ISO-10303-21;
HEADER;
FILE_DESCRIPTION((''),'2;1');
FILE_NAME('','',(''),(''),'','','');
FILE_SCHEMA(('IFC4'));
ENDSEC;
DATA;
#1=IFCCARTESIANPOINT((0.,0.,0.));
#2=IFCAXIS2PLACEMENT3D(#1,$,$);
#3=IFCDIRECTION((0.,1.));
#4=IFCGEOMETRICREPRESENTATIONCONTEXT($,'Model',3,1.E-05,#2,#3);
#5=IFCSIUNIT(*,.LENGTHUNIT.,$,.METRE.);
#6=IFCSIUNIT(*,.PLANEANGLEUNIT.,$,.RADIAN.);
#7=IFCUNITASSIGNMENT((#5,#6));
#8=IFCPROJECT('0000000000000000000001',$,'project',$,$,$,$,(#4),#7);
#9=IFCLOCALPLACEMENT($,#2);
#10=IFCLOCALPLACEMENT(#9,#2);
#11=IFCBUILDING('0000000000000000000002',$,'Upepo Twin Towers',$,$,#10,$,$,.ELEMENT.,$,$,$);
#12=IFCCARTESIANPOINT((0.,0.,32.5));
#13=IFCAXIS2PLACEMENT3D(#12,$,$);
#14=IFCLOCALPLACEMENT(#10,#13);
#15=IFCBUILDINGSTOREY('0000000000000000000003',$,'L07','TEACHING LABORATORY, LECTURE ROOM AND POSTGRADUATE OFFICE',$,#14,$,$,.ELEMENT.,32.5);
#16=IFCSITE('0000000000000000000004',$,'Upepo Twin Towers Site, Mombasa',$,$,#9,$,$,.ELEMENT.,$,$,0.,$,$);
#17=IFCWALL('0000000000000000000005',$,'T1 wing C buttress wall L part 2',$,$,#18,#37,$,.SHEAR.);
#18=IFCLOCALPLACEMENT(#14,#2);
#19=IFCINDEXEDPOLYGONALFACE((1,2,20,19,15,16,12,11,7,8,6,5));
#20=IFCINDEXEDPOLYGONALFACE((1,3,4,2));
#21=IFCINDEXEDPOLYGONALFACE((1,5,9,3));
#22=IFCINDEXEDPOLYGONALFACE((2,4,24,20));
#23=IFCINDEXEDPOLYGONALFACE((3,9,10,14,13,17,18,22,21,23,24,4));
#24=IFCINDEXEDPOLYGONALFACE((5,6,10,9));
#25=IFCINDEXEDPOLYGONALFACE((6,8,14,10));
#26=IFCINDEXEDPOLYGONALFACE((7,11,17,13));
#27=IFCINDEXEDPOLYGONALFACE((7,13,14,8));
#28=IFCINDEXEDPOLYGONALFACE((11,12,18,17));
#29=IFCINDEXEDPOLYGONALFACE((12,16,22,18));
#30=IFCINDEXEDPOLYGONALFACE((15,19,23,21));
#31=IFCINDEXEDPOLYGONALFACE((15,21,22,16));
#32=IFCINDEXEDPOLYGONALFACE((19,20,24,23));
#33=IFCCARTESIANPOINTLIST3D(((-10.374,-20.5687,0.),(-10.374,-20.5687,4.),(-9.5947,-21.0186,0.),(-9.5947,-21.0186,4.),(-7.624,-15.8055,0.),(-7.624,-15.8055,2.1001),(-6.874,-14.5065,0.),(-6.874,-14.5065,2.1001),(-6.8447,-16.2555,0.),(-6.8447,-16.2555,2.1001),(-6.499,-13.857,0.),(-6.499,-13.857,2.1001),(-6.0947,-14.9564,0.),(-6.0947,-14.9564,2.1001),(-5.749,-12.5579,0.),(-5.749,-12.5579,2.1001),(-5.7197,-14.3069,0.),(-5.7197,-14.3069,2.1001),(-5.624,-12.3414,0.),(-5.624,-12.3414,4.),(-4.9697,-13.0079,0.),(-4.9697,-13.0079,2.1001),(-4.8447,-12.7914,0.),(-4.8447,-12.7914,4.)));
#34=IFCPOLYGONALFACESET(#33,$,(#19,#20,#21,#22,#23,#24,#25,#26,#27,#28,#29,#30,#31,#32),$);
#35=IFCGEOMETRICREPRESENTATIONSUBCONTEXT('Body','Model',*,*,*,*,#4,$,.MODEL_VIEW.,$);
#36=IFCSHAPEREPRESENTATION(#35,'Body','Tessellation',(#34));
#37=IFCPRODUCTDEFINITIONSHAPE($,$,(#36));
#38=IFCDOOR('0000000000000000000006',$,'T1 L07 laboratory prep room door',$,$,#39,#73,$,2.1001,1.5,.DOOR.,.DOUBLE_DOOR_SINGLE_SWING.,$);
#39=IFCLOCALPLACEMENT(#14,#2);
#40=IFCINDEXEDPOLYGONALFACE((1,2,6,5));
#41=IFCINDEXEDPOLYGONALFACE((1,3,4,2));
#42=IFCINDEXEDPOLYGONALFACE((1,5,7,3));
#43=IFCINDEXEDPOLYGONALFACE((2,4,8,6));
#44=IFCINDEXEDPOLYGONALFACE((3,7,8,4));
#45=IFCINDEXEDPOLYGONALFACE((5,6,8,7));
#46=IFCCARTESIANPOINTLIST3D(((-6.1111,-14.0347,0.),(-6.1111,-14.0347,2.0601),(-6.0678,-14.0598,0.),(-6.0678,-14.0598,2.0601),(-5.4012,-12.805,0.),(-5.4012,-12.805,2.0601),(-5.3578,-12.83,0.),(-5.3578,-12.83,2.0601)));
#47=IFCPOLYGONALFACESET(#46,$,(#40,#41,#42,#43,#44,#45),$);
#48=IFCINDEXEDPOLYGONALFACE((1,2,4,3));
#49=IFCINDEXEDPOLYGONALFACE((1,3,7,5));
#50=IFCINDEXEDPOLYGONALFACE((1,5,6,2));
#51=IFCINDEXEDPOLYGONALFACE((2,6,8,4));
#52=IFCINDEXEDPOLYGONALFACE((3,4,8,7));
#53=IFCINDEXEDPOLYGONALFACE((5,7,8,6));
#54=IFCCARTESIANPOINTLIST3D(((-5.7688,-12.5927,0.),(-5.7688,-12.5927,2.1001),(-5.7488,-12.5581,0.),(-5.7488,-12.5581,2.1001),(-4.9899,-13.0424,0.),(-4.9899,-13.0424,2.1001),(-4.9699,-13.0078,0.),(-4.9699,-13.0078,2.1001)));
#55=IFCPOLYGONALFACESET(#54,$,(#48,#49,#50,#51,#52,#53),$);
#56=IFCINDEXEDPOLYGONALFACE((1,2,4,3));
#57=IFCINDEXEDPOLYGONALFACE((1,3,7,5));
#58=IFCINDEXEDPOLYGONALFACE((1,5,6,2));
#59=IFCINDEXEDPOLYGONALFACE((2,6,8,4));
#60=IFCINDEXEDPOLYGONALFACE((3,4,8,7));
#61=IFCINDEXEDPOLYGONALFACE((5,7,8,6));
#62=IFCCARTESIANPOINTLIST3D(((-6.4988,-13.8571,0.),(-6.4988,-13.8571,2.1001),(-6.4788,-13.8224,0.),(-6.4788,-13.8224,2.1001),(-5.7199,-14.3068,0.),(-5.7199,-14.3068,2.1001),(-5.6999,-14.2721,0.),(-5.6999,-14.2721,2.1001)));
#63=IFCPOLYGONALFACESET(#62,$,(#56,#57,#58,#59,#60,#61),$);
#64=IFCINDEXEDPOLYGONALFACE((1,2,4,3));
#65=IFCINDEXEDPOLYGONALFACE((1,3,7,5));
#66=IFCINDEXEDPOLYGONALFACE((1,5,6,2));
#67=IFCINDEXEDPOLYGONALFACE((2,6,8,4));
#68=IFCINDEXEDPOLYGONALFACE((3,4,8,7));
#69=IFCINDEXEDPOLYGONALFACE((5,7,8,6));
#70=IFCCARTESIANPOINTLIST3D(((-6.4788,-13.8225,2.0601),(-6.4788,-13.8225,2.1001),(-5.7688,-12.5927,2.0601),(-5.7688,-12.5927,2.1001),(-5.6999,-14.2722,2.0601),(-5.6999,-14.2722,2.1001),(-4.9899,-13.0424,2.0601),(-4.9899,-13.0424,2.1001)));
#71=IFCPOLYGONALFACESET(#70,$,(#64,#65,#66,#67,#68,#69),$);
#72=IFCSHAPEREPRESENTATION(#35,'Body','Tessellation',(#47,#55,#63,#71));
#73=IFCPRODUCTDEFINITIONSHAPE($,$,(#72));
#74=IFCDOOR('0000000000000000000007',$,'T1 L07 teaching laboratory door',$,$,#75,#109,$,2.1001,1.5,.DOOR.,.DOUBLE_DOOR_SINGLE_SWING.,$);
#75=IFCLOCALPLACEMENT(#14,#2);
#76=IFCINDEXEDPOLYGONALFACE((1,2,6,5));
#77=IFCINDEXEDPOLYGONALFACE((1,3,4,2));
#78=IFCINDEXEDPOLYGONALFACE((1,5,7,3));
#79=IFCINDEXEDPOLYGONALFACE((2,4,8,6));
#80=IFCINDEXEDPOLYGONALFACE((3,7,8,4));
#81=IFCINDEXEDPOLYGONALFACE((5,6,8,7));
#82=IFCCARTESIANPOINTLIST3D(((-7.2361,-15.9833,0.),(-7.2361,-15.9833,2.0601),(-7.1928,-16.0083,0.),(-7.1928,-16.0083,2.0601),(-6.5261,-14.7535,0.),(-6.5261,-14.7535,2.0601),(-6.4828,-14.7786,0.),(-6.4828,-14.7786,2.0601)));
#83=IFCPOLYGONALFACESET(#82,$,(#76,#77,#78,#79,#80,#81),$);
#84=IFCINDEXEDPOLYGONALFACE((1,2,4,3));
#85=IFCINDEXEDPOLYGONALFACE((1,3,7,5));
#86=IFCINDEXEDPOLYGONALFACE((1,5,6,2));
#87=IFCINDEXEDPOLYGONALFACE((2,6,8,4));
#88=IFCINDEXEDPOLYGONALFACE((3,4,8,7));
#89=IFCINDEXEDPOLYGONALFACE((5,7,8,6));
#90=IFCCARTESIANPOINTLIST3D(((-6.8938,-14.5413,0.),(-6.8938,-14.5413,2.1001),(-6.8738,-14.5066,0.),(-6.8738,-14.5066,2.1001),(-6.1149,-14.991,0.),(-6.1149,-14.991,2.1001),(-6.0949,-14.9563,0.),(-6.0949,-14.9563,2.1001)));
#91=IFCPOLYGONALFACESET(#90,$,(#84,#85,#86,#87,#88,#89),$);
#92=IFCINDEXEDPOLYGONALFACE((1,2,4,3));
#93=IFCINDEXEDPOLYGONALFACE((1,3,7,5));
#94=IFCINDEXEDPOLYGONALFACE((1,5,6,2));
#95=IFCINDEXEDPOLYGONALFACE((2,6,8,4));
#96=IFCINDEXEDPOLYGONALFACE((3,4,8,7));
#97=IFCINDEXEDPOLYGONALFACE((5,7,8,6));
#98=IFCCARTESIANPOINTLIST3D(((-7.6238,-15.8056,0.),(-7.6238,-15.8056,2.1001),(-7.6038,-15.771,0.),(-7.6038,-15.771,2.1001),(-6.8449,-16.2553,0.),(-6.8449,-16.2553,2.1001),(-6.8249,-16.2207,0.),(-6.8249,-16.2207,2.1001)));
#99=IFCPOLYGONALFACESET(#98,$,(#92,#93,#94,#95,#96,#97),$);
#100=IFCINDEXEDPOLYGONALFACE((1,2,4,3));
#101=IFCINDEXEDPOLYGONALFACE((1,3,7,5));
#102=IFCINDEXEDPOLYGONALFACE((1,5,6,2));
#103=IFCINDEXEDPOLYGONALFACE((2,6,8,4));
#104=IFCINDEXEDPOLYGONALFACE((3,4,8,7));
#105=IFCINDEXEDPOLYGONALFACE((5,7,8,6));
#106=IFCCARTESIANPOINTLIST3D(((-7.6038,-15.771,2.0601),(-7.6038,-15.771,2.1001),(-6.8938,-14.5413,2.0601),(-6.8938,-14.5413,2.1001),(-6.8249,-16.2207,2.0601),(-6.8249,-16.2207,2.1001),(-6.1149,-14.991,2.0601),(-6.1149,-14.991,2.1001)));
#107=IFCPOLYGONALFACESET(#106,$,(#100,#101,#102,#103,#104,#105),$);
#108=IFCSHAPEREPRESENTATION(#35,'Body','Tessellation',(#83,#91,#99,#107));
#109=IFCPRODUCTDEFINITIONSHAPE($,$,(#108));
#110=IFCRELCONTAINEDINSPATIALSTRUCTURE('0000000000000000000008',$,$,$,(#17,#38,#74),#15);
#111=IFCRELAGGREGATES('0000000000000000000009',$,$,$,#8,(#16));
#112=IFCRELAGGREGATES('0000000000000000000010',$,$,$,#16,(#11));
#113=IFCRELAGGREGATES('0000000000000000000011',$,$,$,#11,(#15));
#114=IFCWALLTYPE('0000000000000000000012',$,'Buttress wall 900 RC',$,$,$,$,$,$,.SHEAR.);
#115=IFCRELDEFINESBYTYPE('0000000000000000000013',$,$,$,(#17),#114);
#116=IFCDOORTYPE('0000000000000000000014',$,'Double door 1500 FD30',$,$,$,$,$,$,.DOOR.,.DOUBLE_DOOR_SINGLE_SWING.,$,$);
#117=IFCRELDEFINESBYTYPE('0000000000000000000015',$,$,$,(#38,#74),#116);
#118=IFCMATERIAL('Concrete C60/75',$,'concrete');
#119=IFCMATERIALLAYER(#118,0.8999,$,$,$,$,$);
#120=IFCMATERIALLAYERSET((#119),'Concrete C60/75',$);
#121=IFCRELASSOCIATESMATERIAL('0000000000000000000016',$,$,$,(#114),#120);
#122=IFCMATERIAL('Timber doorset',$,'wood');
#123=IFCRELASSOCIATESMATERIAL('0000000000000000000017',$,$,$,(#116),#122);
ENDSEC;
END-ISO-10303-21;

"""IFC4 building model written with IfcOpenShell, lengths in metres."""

from ifc_helpers import new_model, si_unit, direction, frame, frame_2d, origin, place, context, subcontext, project, spatial, rectangle, extrude, material, layer, layer_set, type_object, element, fill, save


model = new_model("IFC4")

# Units and contexts
model_context = context("Model", 3, precision=1e-05, world=origin(), true_north=direction((0.0, 1.0)))
body_context = subcontext(model_context, "Body", "Model", "MODEL_VIEW")
ifc_project = project(units=[si_unit("LENGTHUNIT", "METRE"), si_unit("PLANEANGLEUNIT", "RADIAN")], contexts=[model_context])

# Site, building, storey
site_placement = place(None, origin())
site = spatial("IfcSite", under=ifc_project, at=site_placement, Name="Upepo Twin Towers Site, Mombasa", CompositionType="ELEMENT", RefElevation=0.0)
building_placement = place(site_placement, origin())
building = spatial("IfcBuilding", under=site, at=building_placement, Name="Upepo Twin Towers", CompositionType="ELEMENT")
storey_placement = place(building_placement, frame((0.0, 0.0, 32.5)))
storey = spatial("IfcBuildingStorey", under=building, at=storey_placement, Name="L07", Description="TEACHING LABORATORY, LECTURE ROOM AND POSTGRADUATE OFFICE", CompositionType="ELEMENT", Elevation=32.5)

# Wall, openings, doors
ifc_material_1 = material(Name="Concrete C60/75", Category="concrete")
ifc_layer_1 = layer(ifc_material_1, 0.8999)
ifc_layer_set_1 = layer_set([ifc_layer_1], Name="Concrete C60/75")
wall_type_1 = type_object("IfcWallType", Name="Buttress wall 900 RC", PredefinedType="SHEAR", material=ifc_layer_set_1)
wall_1_placement = place(storey_placement, frame((-5.2344, -12.5664, 0.0), z_axis=(0.0, 0.0, 1.0), x_axis=(-0.499998, -0.866027, 0.0)))
wall_1 = element("IfcWall", 1, at=wall_1_placement, inside=storey, type_object=wall_type_1, Name="T1 wing C buttress wall L part 2", PredefinedType="SHEAR", context=body_context, shape_type="SweptSolid", body=[
    extrude(rectangle(XDim=9.5, YDim=0.8999, at=frame_2d((4.75, 0.0))), origin(), (0.0, 0.0, 1.0), 4.0),
])
opening_1_placement = place(wall_1_placement, frame((0.25, 0.0, 0.0)))
opening_1 = element("IfcOpeningElement", 2, at=opening_1_placement, cuts=wall_1, PredefinedType="OPENING", context=body_context, shape_type="SweptSolid", body=[
    extrude(rectangle(XDim=1.5, YDim=2.1001, at=frame_2d((0.75, 1.05))), frame((0.0, 0.46, 0.0), z_axis=(0.0, -1.0, 0.0), x_axis=(1.0, 0.0, 0.0)), (0.0, 0.0, 1.0), 0.9199),
])
opening_2_placement = place(wall_1_placement, frame((2.5, 0.0, 0.0)))
opening_2 = element("IfcOpeningElement", 3, at=opening_2_placement, cuts=wall_1, PredefinedType="OPENING", context=body_context, shape_type="SweptSolid", body=[
    extrude(rectangle(XDim=1.5, YDim=2.1001, at=frame_2d((0.75, 1.05))), frame((0.0, 0.46, 0.0), z_axis=(0.0, -1.0, 0.0), x_axis=(1.0, 0.0, 0.0)), (0.0, 0.0, 1.0), 0.9199),
])
ifc_material_2 = material(Name="Timber doorset", Category="wood")
door_type_1 = type_object("IfcDoorType", Name="Double door 1500 FD30", OperationType="DOUBLE_DOOR_SINGLE_SWING", PredefinedType="DOOR", material=ifc_material_2)
door_1_placement = place(opening_1_placement, origin())
door_1 = element("IfcDoor", 4, at=door_1_placement, inside=storey, type_object=door_type_1, Name="T1 L07 laboratory prep room door", OperationType="DOUBLE_DOOR_SINGLE_SWING", OverallHeight=2.1001, OverallWidth=1.5, PredefinedType="DOOR", context=body_context, shape_type="SweptSolid", body=[
    extrude(rectangle(XDim=1.42, YDim=2.0601, at=frame_2d((0.75, 1.03))), frame((0.0, 0.0249, 0.0), z_axis=(0.0, -1.0, 0.0), x_axis=(1.0, 0.0, 0.0)), (0.0, 0.0, 1.0), 0.05),
    extrude(rectangle(XDim=0.04, YDim=2.1001, at=frame_2d((0.02, 1.05))), frame((0.0, 0.4497, 0.0), z_axis=(0.0, -1.0, 0.0), x_axis=(1.0, 0.0, 0.0)), (0.0, 0.0, 1.0), 0.8994),
    extrude(rectangle(XDim=0.04, YDim=2.1001, at=frame_2d((1.48, 1.05))), frame((0.0, 0.4497, 0.0), z_axis=(0.0, -1.0, 0.0), x_axis=(1.0, 0.0, 0.0)), (0.0, 0.0, 1.0), 0.8994),
    extrude(rectangle(XDim=1.42, YDim=0.04, at=frame_2d((0.75, 2.0801))), frame((0.0, 0.4497, 0.0), z_axis=(0.0, -1.0, 0.0), x_axis=(1.0, 0.0, 0.0)), (0.0, 0.0, 1.0), 0.8994),
])
fill(opening_1, door_1)
door_2_placement = place(opening_2_placement, origin())
door_2 = element("IfcDoor", 5, at=door_2_placement, inside=storey, type_object=door_type_1, Name="T1 L07 teaching laboratory door", OperationType="DOUBLE_DOOR_SINGLE_SWING", OverallHeight=2.1001, OverallWidth=1.5, PredefinedType="DOOR", context=body_context, shape_type="SweptSolid", body=[
    extrude(rectangle(XDim=1.42, YDim=2.0601, at=frame_2d((0.75, 1.03))), frame((0.0, 0.0249, 0.0), z_axis=(0.0, -1.0, 0.0), x_axis=(1.0, 0.0, 0.0)), (0.0, 0.0, 1.0), 0.05),
    extrude(rectangle(XDim=0.04, YDim=2.1001, at=frame_2d((0.02, 1.05))), frame((0.0, 0.4497, 0.0), z_axis=(0.0, -1.0, 0.0), x_axis=(1.0, 0.0, 0.0)), (0.0, 0.0, 1.0), 0.8994),
    extrude(rectangle(XDim=0.04, YDim=2.1001, at=frame_2d((1.48, 1.05))), frame((0.0, 0.4497, 0.0), z_axis=(0.0, -1.0, 0.0), x_axis=(1.0, 0.0, 0.0)), (0.0, 0.0, 1.0), 0.8994),
    extrude(rectangle(XDim=1.42, YDim=0.04, at=frame_2d((0.75, 2.0801))), frame((0.0, 0.4497, 0.0), z_axis=(0.0, -1.0, 0.0), x_axis=(1.0, 0.0, 0.0)), (0.0, 0.0, 1.0), 0.8994),
])
fill(opening_2, door_2)

save(model, "model.ifc")
